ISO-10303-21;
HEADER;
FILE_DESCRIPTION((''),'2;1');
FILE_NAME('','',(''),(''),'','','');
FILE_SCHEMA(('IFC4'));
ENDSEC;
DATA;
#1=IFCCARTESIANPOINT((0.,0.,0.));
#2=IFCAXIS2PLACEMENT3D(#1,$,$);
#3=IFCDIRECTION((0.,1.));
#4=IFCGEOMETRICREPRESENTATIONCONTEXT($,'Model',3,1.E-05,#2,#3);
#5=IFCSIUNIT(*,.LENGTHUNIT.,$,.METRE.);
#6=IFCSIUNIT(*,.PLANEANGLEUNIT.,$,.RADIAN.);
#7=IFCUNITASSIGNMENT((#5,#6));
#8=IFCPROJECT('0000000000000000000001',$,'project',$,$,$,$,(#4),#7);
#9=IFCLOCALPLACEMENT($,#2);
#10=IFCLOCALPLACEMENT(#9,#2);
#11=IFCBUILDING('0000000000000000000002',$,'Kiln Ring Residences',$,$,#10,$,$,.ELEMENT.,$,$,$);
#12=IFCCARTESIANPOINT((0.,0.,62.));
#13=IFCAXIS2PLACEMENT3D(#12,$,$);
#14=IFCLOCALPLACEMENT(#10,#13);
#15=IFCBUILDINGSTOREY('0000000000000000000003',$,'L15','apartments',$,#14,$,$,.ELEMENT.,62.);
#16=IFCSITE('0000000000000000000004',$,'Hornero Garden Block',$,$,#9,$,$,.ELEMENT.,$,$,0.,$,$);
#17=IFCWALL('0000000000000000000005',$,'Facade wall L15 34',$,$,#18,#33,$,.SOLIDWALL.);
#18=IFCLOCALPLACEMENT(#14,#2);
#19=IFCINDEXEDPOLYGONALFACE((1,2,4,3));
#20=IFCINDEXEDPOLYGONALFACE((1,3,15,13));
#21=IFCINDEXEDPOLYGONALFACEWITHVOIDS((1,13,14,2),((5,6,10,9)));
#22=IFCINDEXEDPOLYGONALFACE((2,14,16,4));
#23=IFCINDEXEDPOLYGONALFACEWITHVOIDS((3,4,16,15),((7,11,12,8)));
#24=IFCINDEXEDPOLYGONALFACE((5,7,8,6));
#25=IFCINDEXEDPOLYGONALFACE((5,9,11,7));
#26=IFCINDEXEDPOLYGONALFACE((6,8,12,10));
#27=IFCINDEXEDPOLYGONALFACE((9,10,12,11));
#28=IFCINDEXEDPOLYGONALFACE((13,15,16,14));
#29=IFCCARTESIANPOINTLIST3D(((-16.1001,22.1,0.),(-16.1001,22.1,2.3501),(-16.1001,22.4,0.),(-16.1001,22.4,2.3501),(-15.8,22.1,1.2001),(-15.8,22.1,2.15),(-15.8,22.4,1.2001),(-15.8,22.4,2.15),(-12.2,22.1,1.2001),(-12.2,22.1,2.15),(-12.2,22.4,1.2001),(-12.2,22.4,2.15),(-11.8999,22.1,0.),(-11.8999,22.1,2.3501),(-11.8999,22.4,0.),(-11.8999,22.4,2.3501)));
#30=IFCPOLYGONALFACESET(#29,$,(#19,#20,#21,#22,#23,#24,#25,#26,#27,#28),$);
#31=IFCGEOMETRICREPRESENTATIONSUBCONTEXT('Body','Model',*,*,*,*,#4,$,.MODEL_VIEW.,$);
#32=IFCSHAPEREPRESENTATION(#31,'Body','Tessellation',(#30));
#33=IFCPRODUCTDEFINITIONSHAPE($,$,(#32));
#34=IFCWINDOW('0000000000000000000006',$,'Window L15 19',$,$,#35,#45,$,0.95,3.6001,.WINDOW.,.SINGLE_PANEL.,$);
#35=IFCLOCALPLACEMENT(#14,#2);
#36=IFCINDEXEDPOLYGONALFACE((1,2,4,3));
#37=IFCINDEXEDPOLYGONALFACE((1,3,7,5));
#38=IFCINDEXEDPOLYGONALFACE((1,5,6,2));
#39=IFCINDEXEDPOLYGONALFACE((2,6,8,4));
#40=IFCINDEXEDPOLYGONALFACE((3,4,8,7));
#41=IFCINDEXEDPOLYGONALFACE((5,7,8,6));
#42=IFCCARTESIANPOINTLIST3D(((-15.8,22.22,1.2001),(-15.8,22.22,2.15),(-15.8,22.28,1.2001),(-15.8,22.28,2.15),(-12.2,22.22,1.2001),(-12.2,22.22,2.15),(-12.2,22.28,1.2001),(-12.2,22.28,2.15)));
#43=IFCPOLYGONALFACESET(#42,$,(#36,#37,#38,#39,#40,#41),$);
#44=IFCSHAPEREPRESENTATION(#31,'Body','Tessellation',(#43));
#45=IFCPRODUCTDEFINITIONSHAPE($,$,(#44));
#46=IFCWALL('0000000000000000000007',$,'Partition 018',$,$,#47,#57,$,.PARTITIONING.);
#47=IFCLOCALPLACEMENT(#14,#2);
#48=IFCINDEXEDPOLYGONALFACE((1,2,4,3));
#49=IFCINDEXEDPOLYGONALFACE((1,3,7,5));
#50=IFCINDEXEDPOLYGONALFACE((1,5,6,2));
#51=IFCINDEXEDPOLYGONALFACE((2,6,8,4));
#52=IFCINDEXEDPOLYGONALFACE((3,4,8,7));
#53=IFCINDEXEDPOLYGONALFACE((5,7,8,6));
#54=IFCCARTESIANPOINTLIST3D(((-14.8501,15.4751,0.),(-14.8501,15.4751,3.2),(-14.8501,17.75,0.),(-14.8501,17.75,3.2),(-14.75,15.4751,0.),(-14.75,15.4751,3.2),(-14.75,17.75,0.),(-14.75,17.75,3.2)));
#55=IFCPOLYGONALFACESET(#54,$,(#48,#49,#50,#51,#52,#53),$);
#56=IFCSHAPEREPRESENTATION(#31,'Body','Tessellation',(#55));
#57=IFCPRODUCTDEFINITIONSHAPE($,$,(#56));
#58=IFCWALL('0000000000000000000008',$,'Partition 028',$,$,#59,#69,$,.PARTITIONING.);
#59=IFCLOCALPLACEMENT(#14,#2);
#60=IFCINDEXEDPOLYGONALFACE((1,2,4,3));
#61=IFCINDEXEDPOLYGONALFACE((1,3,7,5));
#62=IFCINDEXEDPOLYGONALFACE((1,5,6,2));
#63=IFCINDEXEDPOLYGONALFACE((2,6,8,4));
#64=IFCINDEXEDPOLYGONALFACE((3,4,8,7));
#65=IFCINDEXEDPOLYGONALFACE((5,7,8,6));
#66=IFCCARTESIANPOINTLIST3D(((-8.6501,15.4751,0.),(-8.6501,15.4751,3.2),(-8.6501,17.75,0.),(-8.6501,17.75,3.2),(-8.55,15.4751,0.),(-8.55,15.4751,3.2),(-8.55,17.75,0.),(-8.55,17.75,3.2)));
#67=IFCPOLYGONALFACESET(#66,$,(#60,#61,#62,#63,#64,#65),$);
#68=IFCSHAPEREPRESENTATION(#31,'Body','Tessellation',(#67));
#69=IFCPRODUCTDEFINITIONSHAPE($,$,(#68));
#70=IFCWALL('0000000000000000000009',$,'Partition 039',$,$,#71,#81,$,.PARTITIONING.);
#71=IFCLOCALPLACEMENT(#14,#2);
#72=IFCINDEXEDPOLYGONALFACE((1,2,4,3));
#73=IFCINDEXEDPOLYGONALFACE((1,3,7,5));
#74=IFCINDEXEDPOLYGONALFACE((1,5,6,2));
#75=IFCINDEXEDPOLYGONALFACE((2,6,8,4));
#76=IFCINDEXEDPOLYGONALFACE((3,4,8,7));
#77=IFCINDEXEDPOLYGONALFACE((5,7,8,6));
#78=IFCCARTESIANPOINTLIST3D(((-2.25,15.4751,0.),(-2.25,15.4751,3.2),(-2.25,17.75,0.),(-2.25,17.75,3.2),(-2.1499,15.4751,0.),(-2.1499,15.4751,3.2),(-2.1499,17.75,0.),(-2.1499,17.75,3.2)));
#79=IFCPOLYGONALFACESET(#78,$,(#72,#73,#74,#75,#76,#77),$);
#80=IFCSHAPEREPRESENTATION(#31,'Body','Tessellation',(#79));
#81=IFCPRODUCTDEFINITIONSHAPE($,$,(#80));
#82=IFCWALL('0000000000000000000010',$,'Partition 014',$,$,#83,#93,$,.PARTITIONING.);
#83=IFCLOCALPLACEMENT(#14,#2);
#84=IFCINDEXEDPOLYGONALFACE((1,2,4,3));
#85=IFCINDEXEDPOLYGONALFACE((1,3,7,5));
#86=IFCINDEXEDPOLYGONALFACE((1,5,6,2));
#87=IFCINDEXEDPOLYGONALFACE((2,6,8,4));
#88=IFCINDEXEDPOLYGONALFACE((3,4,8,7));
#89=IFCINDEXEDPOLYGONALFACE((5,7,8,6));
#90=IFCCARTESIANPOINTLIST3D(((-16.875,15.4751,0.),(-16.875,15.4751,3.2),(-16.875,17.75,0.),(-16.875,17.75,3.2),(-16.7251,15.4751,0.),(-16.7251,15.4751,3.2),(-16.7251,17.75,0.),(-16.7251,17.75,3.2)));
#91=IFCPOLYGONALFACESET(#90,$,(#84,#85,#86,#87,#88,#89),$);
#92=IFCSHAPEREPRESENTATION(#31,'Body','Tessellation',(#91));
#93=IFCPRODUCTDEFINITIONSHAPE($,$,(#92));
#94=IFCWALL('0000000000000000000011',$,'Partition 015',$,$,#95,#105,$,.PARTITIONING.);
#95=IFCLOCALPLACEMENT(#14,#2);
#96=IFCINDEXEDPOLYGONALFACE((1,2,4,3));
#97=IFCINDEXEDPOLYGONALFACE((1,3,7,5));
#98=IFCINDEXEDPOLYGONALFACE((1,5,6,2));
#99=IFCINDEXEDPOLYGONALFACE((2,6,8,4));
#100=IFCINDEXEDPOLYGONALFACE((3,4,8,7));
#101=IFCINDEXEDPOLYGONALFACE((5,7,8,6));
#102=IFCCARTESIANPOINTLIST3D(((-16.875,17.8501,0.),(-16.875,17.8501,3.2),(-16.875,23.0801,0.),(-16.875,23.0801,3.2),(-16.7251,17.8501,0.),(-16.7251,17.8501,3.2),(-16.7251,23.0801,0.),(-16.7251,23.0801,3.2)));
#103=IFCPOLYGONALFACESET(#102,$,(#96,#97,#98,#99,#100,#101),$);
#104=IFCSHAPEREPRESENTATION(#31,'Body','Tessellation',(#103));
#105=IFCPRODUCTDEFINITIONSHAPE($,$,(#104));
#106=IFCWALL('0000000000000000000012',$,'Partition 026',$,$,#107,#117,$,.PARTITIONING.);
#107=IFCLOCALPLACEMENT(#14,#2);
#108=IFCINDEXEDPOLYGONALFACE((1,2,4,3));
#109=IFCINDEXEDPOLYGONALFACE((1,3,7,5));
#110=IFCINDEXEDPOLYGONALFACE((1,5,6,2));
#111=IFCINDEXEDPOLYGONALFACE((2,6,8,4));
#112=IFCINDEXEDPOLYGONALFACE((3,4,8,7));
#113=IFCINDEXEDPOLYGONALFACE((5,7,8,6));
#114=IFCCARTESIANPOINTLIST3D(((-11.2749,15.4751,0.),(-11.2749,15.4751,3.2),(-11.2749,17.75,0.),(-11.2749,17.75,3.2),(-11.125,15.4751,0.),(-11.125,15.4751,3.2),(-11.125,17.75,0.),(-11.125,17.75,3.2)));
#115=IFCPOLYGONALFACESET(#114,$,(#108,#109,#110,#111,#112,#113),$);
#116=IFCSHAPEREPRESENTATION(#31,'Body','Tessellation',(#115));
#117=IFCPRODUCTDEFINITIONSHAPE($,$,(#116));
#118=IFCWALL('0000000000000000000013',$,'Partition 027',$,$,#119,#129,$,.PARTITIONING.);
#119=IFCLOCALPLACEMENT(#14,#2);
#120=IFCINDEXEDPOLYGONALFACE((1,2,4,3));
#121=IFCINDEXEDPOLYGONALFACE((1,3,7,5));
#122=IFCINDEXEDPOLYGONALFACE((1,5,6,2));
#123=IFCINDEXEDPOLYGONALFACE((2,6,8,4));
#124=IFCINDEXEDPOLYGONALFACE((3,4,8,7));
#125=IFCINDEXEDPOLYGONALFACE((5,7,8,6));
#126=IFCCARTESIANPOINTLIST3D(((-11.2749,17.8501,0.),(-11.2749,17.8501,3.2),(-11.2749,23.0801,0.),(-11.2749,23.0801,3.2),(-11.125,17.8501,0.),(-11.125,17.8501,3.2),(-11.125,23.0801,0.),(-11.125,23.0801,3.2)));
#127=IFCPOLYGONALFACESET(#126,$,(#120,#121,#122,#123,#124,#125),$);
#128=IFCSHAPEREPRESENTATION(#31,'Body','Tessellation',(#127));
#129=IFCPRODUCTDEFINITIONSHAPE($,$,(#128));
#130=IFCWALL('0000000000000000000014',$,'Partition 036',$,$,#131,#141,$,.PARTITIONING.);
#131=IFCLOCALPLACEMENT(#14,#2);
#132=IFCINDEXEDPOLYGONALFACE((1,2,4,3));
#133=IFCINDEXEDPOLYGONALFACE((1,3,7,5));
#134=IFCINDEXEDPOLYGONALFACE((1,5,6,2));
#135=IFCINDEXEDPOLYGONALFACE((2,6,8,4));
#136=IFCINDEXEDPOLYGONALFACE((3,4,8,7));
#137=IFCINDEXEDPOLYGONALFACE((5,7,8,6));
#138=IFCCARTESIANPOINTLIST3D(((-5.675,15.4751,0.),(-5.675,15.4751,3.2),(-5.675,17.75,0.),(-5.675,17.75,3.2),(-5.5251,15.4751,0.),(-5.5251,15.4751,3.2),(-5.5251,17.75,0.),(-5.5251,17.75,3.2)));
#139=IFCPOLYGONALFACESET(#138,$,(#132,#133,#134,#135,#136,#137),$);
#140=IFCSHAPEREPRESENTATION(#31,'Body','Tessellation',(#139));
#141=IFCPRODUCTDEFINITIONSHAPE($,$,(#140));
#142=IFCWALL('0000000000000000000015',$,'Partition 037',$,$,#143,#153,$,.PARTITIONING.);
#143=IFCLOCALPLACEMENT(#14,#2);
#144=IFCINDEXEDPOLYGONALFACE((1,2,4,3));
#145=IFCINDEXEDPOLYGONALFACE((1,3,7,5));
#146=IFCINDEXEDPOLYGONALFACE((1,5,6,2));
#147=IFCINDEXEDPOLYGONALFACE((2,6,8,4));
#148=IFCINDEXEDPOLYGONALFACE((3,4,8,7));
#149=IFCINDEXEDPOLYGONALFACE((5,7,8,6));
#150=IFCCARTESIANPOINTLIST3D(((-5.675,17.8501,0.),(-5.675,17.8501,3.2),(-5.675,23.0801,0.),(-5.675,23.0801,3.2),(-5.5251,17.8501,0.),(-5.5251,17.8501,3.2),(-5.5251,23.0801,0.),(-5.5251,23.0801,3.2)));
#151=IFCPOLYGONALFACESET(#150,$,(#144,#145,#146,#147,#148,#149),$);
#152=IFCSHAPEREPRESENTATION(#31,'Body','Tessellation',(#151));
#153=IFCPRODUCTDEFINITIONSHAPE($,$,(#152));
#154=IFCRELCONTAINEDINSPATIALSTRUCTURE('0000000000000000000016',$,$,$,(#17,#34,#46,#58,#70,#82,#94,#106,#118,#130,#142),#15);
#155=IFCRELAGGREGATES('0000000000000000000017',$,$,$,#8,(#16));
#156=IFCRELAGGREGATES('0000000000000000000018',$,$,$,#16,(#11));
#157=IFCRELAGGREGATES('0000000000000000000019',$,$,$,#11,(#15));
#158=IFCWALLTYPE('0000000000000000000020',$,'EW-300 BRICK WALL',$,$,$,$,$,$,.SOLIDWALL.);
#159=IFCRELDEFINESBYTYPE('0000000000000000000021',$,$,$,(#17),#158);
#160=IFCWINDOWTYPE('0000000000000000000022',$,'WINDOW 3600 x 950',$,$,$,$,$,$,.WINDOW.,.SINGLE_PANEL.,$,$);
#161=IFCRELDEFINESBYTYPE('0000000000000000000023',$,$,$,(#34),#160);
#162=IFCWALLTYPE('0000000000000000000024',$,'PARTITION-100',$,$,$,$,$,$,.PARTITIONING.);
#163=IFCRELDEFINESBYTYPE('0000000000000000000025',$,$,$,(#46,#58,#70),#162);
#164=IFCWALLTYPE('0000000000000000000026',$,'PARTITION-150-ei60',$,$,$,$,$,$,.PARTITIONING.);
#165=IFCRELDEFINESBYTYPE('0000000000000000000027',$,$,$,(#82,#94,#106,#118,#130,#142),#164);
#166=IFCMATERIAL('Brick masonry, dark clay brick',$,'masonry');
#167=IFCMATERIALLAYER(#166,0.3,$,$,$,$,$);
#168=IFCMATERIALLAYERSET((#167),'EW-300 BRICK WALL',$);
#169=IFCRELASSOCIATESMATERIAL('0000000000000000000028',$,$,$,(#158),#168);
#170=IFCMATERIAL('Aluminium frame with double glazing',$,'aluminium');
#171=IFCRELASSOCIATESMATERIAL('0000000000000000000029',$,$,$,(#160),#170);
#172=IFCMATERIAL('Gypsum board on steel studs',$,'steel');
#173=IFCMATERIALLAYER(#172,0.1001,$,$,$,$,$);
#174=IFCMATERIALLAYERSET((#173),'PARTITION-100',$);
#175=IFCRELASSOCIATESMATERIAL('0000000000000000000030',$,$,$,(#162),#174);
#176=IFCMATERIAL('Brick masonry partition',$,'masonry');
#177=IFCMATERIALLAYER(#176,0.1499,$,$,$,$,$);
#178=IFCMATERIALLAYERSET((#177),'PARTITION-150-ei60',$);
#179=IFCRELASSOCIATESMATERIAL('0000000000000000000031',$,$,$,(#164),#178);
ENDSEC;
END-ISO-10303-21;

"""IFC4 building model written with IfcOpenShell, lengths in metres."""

from ifc_helpers import new_model, si_unit, direction, frame, frame_2d, origin, place, context, subcontext, project, spatial, rectangle, extrude, material, layer, layer_set, type_object, element, fill, save


model = new_model("IFC4")

# Units and contexts
model_context = context("Model", 3, precision=1e-05, world=origin(), true_north=direction((0.0, 1.0)))
body_context = subcontext(model_context, "Body", "Model", "MODEL_VIEW")
ifc_project = project(units=[si_unit("LENGTHUNIT", "METRE"), si_unit("PLANEANGLEUNIT", "RADIAN")], contexts=[model_context])

# Site, building, storey
site_placement = place(None, origin())
site = spatial("IfcSite", under=ifc_project, at=site_placement, Name="Hornero Garden Block", CompositionType="ELEMENT", RefElevation=0.0)
building_placement = place(site_placement, origin())
building = spatial("IfcBuilding", under=site, at=building_placement, Name="Kiln Ring Residences", CompositionType="ELEMENT")
storey_placement = place(building_placement, frame((0.0, 0.0, 62.0)))
storey = spatial("IfcBuildingStorey", under=building, at=storey_placement, Name="L15", Description="apartments", CompositionType="ELEMENT", Elevation=62.0)

# Wall, opening, window
ifc_material_1 = material(Name="Brick masonry, dark clay brick", Category="masonry")
ifc_layer_1 = layer(ifc_material_1, 0.3)
ifc_layer_set_1 = layer_set([ifc_layer_1], Name="EW-300 BRICK WALL")
wall_type_1 = type_object("IfcWallType", Name="EW-300 BRICK WALL", PredefinedType="SOLIDWALL", material=ifc_layer_set_1)
ifc_material_2 = material(Name="Aluminium frame with double glazing", Category="aluminium")
window_type = type_object("IfcWindowType", Name="WINDOW 3600 x 950", PartitioningType="SINGLE_PANEL", PredefinedType="WINDOW", material=ifc_material_2)
wall_1_placement = place(storey_placement, frame((-11.8999, 22.25, 0.0), z_axis=(0.0, 0.0, 1.0), x_axis=(-1.0, 0.0, 0.0)))
wall_1 = element("IfcWall", 1, at=wall_1_placement, inside=storey, type_object=wall_type_1, Name="Facade wall L15 34", PredefinedType="SOLIDWALL", context=body_context, shape_type="SweptSolid", body=[
    extrude(rectangle(XDim=4.2002, YDim=0.3, at=frame_2d((2.1001, 0.0))), origin(), (0.0, 0.0, 1.0), 2.3501),
])
opening_1_placement = place(wall_1_placement, frame((0.3, 0.0, 1.2)))
opening_1 = element("IfcOpeningElement", 2, at=opening_1_placement, cuts=wall_1, PredefinedType="OPENING", context=body_context, shape_type="SweptSolid", body=[
    extrude(rectangle(XDim=3.6001, YDim=0.95, at=frame_2d((1.8, 0.4751))), frame((0.0, 0.1599, 0.0), z_axis=(0.0, -1.0, 0.0), x_axis=(1.0, 0.0, 0.0)), (0.0, 0.0, 1.0), 0.3201),
])
window_1_placement = place(opening_1_placement, origin())
window_1 = element("IfcWindow", 3, at=window_1_placement, inside=storey, type_object=window_type, Name="Window L15 19", OverallHeight=0.95, OverallWidth=3.6001, PartitioningType="SINGLE_PANEL", PredefinedType="WINDOW", context=body_context, shape_type="SweptSolid", body=[
    extrude(rectangle(XDim=3.6001, YDim=0.95, at=frame_2d((1.8, 0.4751))), frame((0.0, 0.03, 0.0), z_axis=(0.0, -1.0, 0.0), x_axis=(1.0, 0.0, 0.0)), (0.0, 0.0, 1.0), 0.0601),
])
fill(opening_1, window_1)

# Walls
ifc_material_3 = material(Name="Gypsum board on steel studs", Category="steel")
ifc_layer_2 = layer(ifc_material_3, 0.1001)
ifc_layer_set_2 = layer_set([ifc_layer_2], Name="PARTITION-100")
wall_type_2 = type_object("IfcWallType", Name="PARTITION-100", PredefinedType="PARTITIONING", material=ifc_layer_set_2)
for number, where, z_axis, x_axis, name in (
    (4, (-14.8, 15.4751, 0.0), (0.0, 0.0, 1.0), (0.0, 1.0, 0.0), "Partition 018"),
    (5, (-8.6001, 15.4751, 0.0), (0.0, 0.0, 1.0), (0.0, 1.0, 0.0), "Partition 028"),
    (6, (-2.2, 15.4751, 0.0), (0.0, 0.0, 1.0), (0.0, 1.0, 0.0), "Partition 039"),
):
    element("IfcWall", number, at=place(storey_placement, frame(where, z_axis=z_axis, x_axis=x_axis)), inside=storey, type_object=wall_type_2, Name=name, PredefinedType="PARTITIONING", context=body_context, shape_type="SweptSolid", body=[
        extrude(rectangle(XDim=2.2749, YDim=0.1001, at=frame_2d((1.1375, 0.0))), origin(), (0.0, 0.0, 1.0), 3.2),
    ])
ifc_material_4 = material(Name="Brick masonry partition", Category="masonry")
ifc_layer_3 = layer(ifc_material_4, 0.1499)
ifc_layer_set_3 = layer_set([ifc_layer_3], Name="PARTITION-150-ei60")
wall_type_3 = type_object("IfcWallType", Name="PARTITION-150-ei60", PredefinedType="PARTITIONING", material=ifc_layer_set_3)
wall_2_placement = place(storey_placement, frame((-16.8, 15.4751, 0.0), z_axis=(0.0, 0.0, 1.0), x_axis=(0.0, 1.0, 0.0)))
element("IfcWall", 7, at=wall_2_placement, inside=storey, type_object=wall_type_3, Name="Partition 014", PredefinedType="PARTITIONING", context=body_context, shape_type="SweptSolid", body=[
    extrude(rectangle(XDim=2.2749, YDim=0.1499, at=frame_2d((1.1375, 0.0))), origin(), (0.0, 0.0, 1.0), 3.2),
])
wall_3_placement = place(storey_placement, frame((-16.8, 17.8501, 0.0), z_axis=(0.0, 0.0, 1.0), x_axis=(0.0, 1.0, 0.0)))
element("IfcWall", 8, at=wall_3_placement, inside=storey, type_object=wall_type_3, Name="Partition 015", PredefinedType="PARTITIONING", context=body_context, shape_type="SweptSolid", body=[
    extrude(rectangle(XDim=5.23, YDim=0.1499, at=frame_2d((2.615, 0.0))), origin(), (0.0, 0.0, 1.0), 3.2),
])
wall_4_placement = place(storey_placement, frame((-11.2, 15.4751, 0.0), z_axis=(0.0, 0.0, 1.0), x_axis=(0.0, 1.0, 0.0)))
element("IfcWall", 9, at=wall_4_placement, inside=storey, type_object=wall_type_3, Name="Partition 026", PredefinedType="PARTITIONING", context=body_context, shape_type="SweptSolid", body=[
    extrude(rectangle(XDim=2.2749, YDim=0.1499, at=frame_2d((1.1375, 0.0))), origin(), (0.0, 0.0, 1.0), 3.2),
])
wall_5_placement = place(storey_placement, frame((-11.2, 17.8501, 0.0), z_axis=(0.0, 0.0, 1.0), x_axis=(0.0, 1.0, 0.0)))
element("IfcWall", 10, at=wall_5_placement, inside=storey, type_object=wall_type_3, Name="Partition 027", PredefinedType="PARTITIONING", context=body_context, shape_type="SweptSolid", body=[
    extrude(rectangle(XDim=5.23, YDim=0.1499, at=frame_2d((2.615, 0.0))), origin(), (0.0, 0.0, 1.0), 3.2),
])
wall_6_placement = place(storey_placement, frame((-5.6001, 15.4751, 0.0), z_axis=(0.0, 0.0, 1.0), x_axis=(0.0, 1.0, 0.0)))
element("IfcWall", 11, at=wall_6_placement, inside=storey, type_object=wall_type_3, Name="Partition 036", PredefinedType="PARTITIONING", context=body_context, shape_type="SweptSolid", body=[
    extrude(rectangle(XDim=2.2749, YDim=0.1499, at=frame_2d((1.1375, 0.0))), origin(), (0.0, 0.0, 1.0), 3.2),
])
wall_7_placement = place(storey_placement, frame((-5.6001, 17.8501, 0.0), z_axis=(0.0, 0.0, 1.0), x_axis=(0.0, 1.0, 0.0)))
element("IfcWall", 12, at=wall_7_placement, inside=storey, type_object=wall_type_3, Name="Partition 037", PredefinedType="PARTITIONING", context=body_context, shape_type="SweptSolid", body=[
    extrude(rectangle(XDim=5.23, YDim=0.1499, at=frame_2d((2.615, 0.0))), origin(), (0.0, 0.0, 1.0), 3.2),
])

save(model, "model.ifc")
